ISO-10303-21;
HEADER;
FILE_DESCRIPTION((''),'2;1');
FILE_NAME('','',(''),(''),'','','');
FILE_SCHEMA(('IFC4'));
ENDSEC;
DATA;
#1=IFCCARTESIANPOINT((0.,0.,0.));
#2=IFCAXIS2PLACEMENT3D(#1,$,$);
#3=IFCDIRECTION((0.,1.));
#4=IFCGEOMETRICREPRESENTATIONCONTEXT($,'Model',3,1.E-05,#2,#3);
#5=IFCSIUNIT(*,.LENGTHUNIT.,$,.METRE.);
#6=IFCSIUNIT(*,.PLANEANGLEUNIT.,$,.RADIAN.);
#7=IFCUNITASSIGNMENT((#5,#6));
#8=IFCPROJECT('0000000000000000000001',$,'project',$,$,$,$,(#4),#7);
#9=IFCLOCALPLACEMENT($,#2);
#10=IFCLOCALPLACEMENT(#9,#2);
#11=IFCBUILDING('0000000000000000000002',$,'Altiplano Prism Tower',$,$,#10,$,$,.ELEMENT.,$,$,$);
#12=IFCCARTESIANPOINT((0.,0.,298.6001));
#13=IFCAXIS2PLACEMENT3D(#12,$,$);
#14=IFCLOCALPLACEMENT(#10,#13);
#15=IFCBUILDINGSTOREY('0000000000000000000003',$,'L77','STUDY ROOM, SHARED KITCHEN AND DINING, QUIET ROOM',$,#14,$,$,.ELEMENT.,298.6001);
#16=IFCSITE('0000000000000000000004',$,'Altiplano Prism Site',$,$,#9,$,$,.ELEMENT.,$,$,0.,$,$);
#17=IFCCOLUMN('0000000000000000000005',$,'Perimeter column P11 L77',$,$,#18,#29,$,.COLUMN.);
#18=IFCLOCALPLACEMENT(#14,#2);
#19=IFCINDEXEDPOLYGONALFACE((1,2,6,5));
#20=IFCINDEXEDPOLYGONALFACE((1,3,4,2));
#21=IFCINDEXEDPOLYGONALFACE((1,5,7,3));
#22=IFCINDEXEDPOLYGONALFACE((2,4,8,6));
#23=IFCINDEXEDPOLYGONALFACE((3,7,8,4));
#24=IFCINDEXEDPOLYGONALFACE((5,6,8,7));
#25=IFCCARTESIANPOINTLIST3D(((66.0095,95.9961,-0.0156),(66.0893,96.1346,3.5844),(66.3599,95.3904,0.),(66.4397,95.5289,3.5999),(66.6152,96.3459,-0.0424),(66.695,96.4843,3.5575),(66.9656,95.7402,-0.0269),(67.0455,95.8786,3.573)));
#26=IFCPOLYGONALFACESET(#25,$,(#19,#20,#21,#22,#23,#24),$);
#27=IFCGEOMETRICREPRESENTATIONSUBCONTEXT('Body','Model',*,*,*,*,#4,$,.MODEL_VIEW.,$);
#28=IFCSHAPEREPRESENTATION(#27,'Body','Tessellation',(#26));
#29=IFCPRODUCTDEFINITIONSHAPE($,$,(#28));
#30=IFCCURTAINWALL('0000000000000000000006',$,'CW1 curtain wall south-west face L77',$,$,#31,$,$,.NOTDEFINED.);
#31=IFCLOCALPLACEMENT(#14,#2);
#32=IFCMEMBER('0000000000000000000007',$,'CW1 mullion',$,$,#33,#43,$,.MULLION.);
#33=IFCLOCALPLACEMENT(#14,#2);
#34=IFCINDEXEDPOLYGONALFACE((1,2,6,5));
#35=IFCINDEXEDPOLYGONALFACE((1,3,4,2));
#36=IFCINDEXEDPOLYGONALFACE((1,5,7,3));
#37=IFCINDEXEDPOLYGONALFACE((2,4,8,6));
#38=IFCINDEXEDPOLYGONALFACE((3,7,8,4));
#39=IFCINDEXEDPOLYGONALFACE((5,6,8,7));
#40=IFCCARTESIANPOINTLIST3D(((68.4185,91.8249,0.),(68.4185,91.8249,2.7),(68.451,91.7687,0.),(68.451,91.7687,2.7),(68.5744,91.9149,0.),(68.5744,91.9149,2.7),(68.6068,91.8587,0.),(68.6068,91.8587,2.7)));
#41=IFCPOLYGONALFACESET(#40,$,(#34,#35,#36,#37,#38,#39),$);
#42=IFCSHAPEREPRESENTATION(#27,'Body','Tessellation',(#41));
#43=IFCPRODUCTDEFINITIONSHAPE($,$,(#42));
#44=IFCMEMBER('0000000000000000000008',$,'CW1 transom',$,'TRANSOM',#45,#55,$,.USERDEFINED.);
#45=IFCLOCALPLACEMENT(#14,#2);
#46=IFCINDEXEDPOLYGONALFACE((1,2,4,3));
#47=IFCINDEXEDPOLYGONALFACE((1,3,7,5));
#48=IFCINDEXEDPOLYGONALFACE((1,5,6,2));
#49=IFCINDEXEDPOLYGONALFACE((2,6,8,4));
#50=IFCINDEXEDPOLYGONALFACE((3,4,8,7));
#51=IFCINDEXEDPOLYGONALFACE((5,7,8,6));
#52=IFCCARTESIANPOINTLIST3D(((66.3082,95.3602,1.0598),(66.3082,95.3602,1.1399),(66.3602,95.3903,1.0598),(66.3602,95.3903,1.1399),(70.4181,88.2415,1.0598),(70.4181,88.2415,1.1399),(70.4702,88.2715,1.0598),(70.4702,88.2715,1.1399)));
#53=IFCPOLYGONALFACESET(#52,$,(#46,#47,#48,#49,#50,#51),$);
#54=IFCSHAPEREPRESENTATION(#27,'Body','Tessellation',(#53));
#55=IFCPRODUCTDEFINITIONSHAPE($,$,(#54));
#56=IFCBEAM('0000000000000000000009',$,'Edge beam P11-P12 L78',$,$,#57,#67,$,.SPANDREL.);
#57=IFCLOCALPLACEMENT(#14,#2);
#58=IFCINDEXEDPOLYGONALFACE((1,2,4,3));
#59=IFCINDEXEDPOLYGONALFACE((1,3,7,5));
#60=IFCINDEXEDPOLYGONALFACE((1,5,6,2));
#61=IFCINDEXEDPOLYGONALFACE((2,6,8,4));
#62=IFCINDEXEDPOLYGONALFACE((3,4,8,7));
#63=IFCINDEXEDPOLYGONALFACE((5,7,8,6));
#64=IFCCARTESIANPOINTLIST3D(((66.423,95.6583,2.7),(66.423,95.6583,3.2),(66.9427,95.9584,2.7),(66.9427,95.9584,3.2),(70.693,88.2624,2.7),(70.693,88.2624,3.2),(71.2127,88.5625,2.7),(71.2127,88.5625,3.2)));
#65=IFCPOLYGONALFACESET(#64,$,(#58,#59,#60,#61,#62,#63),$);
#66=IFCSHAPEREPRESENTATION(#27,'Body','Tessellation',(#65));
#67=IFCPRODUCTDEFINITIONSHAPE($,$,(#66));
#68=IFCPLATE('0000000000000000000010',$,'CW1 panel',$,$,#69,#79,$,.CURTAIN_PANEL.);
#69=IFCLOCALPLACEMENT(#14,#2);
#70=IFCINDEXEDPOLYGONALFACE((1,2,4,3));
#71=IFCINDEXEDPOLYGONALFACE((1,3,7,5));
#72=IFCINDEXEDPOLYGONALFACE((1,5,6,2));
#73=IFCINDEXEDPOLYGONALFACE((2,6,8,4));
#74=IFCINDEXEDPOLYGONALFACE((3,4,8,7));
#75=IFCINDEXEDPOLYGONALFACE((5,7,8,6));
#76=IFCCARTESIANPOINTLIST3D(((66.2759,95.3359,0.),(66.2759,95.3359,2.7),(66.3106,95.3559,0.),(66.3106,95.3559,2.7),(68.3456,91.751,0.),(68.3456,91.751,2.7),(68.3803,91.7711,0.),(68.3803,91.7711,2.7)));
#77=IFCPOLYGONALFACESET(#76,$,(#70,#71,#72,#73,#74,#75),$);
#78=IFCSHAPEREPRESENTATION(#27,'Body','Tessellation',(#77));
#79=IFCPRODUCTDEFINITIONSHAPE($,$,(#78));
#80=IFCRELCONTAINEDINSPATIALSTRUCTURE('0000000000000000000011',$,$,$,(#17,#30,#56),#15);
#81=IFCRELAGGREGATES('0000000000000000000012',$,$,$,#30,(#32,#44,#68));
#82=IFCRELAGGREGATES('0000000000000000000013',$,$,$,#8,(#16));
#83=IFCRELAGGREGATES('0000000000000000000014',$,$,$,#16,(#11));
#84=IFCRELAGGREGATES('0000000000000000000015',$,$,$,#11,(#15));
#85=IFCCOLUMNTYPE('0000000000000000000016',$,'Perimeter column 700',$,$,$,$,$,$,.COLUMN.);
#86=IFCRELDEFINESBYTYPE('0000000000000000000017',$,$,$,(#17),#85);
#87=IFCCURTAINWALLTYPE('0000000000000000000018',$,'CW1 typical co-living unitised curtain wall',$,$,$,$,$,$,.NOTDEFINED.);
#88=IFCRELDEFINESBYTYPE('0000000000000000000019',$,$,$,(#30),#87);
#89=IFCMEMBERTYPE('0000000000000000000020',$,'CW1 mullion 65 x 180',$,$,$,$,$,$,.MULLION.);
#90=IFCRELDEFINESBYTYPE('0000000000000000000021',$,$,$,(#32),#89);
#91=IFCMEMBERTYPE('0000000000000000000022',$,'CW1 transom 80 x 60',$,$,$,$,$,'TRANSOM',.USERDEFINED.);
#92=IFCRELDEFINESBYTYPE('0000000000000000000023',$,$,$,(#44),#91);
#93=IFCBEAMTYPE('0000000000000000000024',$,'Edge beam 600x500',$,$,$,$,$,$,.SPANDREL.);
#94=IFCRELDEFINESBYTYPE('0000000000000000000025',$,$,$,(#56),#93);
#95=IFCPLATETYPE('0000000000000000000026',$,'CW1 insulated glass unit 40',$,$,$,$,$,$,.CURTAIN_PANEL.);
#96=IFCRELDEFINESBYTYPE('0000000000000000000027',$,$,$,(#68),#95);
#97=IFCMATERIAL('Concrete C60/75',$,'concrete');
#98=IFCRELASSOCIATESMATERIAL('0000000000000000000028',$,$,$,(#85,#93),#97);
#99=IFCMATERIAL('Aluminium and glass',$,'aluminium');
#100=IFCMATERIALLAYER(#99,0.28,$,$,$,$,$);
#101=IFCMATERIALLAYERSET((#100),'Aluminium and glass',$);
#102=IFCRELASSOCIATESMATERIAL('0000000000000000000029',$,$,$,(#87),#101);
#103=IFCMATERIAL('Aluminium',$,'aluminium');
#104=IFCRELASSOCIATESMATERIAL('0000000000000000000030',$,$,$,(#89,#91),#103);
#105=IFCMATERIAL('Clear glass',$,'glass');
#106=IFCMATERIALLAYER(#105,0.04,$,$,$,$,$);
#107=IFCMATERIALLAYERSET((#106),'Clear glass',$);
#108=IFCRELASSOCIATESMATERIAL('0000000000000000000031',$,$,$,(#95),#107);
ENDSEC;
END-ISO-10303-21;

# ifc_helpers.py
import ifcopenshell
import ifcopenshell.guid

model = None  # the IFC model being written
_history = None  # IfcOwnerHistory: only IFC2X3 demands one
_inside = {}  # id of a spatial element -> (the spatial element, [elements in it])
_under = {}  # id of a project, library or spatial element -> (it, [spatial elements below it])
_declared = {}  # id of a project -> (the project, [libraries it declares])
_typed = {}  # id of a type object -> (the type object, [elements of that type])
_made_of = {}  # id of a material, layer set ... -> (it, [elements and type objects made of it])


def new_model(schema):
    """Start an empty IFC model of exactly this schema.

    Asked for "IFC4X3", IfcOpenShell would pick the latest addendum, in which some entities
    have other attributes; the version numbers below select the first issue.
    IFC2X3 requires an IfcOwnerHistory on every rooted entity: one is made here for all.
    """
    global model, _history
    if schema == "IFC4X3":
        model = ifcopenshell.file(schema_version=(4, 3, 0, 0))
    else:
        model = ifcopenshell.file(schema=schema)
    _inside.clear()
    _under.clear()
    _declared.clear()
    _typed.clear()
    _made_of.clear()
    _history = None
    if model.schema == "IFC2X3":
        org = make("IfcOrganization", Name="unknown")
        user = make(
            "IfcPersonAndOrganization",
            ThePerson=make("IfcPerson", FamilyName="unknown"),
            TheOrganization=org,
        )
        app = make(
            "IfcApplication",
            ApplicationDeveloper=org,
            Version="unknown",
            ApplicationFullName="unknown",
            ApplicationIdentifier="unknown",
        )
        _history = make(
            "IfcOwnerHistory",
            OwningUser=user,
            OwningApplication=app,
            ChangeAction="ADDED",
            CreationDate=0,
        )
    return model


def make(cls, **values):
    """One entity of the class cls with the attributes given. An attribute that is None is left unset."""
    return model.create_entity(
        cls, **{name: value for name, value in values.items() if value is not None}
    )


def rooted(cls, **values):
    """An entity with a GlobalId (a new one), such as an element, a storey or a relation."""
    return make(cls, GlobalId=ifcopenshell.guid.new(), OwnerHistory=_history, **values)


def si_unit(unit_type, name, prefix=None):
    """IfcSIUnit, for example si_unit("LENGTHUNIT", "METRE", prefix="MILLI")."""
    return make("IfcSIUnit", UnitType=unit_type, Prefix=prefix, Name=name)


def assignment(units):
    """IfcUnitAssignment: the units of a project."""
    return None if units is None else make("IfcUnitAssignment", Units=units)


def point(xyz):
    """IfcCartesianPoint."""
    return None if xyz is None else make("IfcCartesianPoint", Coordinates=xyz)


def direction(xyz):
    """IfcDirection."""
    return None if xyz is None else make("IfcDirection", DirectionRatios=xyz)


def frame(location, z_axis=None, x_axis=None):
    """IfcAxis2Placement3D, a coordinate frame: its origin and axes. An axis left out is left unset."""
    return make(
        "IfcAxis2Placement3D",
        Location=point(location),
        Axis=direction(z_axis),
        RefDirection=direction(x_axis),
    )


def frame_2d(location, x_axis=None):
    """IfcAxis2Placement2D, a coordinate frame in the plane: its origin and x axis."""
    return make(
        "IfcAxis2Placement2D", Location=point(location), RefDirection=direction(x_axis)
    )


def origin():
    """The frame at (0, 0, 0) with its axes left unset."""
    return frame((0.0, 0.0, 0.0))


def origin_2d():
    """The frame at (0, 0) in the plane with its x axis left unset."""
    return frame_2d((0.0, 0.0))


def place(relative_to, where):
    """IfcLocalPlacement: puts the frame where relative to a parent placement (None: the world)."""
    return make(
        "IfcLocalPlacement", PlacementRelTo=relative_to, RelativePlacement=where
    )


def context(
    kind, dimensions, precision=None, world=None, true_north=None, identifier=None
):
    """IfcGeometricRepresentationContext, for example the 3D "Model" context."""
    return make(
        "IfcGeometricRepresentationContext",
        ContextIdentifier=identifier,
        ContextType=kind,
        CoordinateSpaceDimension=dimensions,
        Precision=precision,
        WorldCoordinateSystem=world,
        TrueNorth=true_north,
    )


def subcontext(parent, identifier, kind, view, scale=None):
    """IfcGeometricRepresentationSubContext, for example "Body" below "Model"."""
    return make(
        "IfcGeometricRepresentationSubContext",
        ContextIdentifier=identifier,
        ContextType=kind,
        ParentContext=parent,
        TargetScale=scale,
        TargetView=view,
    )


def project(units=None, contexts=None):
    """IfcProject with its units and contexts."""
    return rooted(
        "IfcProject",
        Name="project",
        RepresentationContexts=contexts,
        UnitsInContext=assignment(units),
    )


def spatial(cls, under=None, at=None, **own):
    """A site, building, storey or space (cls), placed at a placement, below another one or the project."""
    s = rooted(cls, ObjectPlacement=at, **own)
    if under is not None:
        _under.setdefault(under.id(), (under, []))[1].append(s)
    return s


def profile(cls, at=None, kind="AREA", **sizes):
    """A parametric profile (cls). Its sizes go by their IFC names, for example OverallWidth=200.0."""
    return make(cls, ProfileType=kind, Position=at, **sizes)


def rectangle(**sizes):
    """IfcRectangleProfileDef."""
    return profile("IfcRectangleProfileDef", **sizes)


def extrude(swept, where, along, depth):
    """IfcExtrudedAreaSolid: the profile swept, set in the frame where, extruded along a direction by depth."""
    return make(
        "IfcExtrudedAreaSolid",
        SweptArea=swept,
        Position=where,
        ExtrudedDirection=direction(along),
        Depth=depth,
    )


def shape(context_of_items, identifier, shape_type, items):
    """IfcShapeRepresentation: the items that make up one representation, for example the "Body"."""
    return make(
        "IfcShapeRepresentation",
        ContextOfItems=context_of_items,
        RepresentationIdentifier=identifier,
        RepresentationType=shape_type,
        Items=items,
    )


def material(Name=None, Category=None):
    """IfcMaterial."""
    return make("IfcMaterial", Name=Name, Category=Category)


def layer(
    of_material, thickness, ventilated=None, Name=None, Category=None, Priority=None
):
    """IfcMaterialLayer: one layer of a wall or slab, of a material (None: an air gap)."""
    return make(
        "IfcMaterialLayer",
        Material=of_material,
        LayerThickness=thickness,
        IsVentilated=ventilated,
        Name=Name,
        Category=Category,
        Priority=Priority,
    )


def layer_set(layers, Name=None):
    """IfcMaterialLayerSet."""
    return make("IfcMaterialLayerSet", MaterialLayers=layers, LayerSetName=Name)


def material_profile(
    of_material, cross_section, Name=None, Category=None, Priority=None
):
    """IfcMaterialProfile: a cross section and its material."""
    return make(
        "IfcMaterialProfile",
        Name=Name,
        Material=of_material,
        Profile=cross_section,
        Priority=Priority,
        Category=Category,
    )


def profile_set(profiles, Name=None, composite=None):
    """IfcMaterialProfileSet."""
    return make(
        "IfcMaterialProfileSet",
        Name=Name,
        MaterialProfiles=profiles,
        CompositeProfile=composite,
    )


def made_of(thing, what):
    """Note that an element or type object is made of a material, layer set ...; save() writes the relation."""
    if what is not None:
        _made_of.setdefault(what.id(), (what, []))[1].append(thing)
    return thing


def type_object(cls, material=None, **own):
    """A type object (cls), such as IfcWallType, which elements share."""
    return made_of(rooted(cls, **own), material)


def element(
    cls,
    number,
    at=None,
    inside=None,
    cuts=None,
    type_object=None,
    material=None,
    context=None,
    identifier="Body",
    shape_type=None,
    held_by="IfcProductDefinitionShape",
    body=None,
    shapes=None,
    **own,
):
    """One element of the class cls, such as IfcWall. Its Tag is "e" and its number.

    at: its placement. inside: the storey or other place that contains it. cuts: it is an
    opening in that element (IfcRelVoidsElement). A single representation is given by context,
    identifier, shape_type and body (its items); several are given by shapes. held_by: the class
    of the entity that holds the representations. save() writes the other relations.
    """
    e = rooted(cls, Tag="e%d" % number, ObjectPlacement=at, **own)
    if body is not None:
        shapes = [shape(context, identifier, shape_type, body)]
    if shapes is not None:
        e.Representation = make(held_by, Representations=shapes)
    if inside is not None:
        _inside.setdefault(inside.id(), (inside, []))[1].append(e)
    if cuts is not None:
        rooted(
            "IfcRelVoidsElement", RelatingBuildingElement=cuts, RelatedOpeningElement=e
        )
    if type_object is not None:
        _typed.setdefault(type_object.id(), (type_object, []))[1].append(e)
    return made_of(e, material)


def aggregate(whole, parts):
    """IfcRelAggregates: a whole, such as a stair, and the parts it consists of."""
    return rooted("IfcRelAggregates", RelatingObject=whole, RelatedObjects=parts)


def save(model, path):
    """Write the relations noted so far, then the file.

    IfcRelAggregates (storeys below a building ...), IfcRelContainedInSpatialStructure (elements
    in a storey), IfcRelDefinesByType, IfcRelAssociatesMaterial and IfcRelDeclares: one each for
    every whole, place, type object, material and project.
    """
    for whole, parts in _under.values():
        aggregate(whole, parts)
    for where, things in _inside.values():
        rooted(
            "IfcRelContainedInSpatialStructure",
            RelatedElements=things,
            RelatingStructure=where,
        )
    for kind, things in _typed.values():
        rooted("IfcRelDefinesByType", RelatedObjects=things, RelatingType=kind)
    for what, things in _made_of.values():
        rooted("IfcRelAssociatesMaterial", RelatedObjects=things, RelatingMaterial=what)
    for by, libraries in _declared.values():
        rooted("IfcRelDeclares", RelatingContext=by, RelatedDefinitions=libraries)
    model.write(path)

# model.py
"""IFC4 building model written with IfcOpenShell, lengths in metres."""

from ifc_helpers import new_model, si_unit, direction, frame, origin, origin_2d, place, context, subcontext, project, spatial, rectangle, extrude, material, layer, layer_set, material_profile, profile_set, type_object, element, aggregate, save


model = new_model("IFC4")

# Units and contexts
model_context = context("Model", 3, precision=1e-05, world=origin(), true_north=direction((0.0, 1.0)))
body_context = subcontext(model_context, "Body", "Model", "MODEL_VIEW")
ifc_project = project(units=[si_unit("LENGTHUNIT", "METRE"), si_unit("PLANEANGLEUNIT", "RADIAN")], contexts=[model_context])

# Site, building, storey
site_placement = place(None, origin())
site = spatial("IfcSite", under=ifc_project, at=site_placement, Name="Altiplano Prism Site", CompositionType="ELEMENT", RefElevation=0.0)
building_placement = place(site_placement, origin())
building = spatial("IfcBuilding", under=site, at=building_placement, Name="Altiplano Prism Tower", CompositionType="ELEMENT")
storey_placement = place(building_placement, frame((0.0, 0.0, 298.6001)))
storey = spatial("IfcBuildingStorey", under=building, at=storey_placement, Name="L77", Description="STUDY ROOM, SHARED KITCHEN AND DINING, QUIET ROOM", CompositionType="ELEMENT", Elevation=298.6001)

# Column
ifc_material_1 = material(Name="Concrete C60/75", Category="concrete")
ifc_material_profile_1 = material_profile(ifc_material_1, rectangle(XDim=0.7, YDim=0.7, at=origin_2d()), Name="Perimeter column 700")
ifc_profile_set_1 = profile_set([ifc_material_profile_1], Name="Concrete C60/75")
column_type = type_object("IfcColumnType", Name="Perimeter column 700", PredefinedType="COLUMN", material=ifc_profile_set_1)
column_placement = place(storey_placement, frame((66.4875, 95.8682, -0.0212), z_axis=(0.022155, 0.038416, 0.999016), x_axis=(-0.865365, -0.499669, 0.038405)))
element("IfcColumn", 1, at=column_placement, inside=storey, type_object=column_type, Name="Perimeter column P11 L77", PredefinedType="COLUMN", context=body_context, shape_type="SweptSolid", body=[
    extrude(rectangle(XDim=0.7, YDim=0.7, at=origin_2d()), origin(), (0.0, 0.0, 1.0), 3.6035),
])

# Curtain wall, members
ifc_material_2 = material(Name="Aluminium and glass", Category="aluminium")
ifc_layer_1 = layer(ifc_material_2, 0.28)
ifc_layer_set_1 = layer_set([ifc_layer_1], Name="Aluminium and glass")
curtain_wall_type = type_object("IfcCurtainWallType", Name="CW1 typical co-living unitised curtain wall", PredefinedType="NOTDEFINED", material=ifc_layer_set_1)
curtain_wall_placement = place(storey_placement, origin())
curtain_wall = element("IfcCurtainWall", 2, at=curtain_wall_placement, inside=storey, type_object=curtain_wall_type, Name="CW1 curtain wall south-west face L77", PredefinedType="NOTDEFINED")
ifc_material_3 = material(Name="Aluminium", Category="aluminium")
ifc_material_profile_2 = material_profile(ifc_material_3, rectangle(XDim=0.1799, YDim=0.0649, at=origin_2d()), Name="CW1 mullion 65 x 180")
ifc_profile_set_2 = profile_set([ifc_material_profile_2], Name="Aluminium")
member_type_1 = type_object("IfcMemberType", Name="CW1 mullion 65 x 180", PredefinedType="MULLION", material=ifc_profile_set_2)
member_1_placement = place(storey_placement, frame((68.5127, 91.8418, 0.0), z_axis=(0.0, 0.0, 1.0), x_axis=(0.866025, 0.5, 0.0)))
member_1 = element("IfcMember", 3, at=member_1_placement, type_object=member_type_1, Name="CW1 mullion", PredefinedType="MULLION", context=body_context, shape_type="SweptSolid", body=[
    extrude(rectangle(XDim=0.1799, YDim=0.0649, at=origin_2d()), origin(), (0.0, 0.0, 1.0), 2.7),
])
ifc_material_profile_3 = material_profile(ifc_material_3, rectangle(XDim=0.0601, YDim=0.0801, at=origin_2d()), Name="CW1 transom 80 x 60")
ifc_profile_set_3 = profile_set([ifc_material_profile_3], Name="Aluminium")
member_type_2 = type_object("IfcMemberType", Name="CW1 transom 80 x 60", ElementType="TRANSOM", PredefinedType="USERDEFINED", material=ifc_profile_set_3)
member_2_placement = place(storey_placement, frame((66.3342, 95.3752, 1.0999), z_axis=(0.499992, -0.86603, 0.0), x_axis=(0.86603, 0.499992, 0.0)))
member_2 = element("IfcMember", 4, at=member_2_placement, type_object=member_type_2, Name="CW1 transom", ObjectType="TRANSOM", PredefinedType="USERDEFINED", context=body_context, shape_type="SweptSolid", body=[
    extrude(rectangle(XDim=0.0601, YDim=0.0801, at=origin_2d()), origin(), (0.0, 0.0, 1.0), 8.22),
])

# Beam
ifc_material_profile_4 = material_profile(ifc_material_1, rectangle(XDim=0.6001, YDim=0.5, at=origin_2d()), Name="Edge beam 600x500")
ifc_profile_set_4 = profile_set([ifc_material_profile_4], Name="Concrete C60/75")
beam_type = type_object("IfcBeamType", Name="Edge beam 600x500", PredefinedType="SPANDREL", material=ifc_profile_set_4)
beam_placement = place(storey_placement, frame((66.6829, 95.8083, 2.95), z_axis=(0.499995, -0.866028, 0.0), x_axis=(0.866028, 0.499995, 0.0)))
element("IfcBeam", 5, at=beam_placement, inside=storey, type_object=beam_type, Name="Edge beam P11-P12 L78", PredefinedType="SPANDREL", context=body_context, shape_type="SweptSolid", body=[
    extrude(rectangle(XDim=0.6001, YDim=0.5, at=origin_2d()), origin(), (0.0, 0.0, 1.0), 8.54),
])

# Plate
ifc_material_4 = material(Name="Clear glass", Category="glass")
ifc_layer_2 = layer(ifc_material_4, 0.04)
ifc_layer_set_2 = layer_set([ifc_layer_2], Name="Clear glass")
plate_type = type_object("IfcPlateType", Name="CW1 insulated glass unit 40", PredefinedType="CURTAIN_PANEL", material=ifc_layer_set_2)
plate_placement = place(storey_placement, frame((67.3281, 93.5535, 0.0), z_axis=(0.0, 0.0, 1.0), x_axis=(0.5, -0.866025, 0.0)))
plate = element("IfcPlate", 6, at=plate_placement, type_object=plate_type, Name="CW1 panel", PredefinedType="CURTAIN_PANEL", context=body_context, shape_type="SweptSolid", body=[
    extrude(rectangle(XDim=4.1394, YDim=0.04, at=origin_2d()), origin(), (0.0, 0.0, 1.0), 2.7),
])
aggregate(curtain_wall, [member_1, member_2, plate])

save(model, "model.ifc")
